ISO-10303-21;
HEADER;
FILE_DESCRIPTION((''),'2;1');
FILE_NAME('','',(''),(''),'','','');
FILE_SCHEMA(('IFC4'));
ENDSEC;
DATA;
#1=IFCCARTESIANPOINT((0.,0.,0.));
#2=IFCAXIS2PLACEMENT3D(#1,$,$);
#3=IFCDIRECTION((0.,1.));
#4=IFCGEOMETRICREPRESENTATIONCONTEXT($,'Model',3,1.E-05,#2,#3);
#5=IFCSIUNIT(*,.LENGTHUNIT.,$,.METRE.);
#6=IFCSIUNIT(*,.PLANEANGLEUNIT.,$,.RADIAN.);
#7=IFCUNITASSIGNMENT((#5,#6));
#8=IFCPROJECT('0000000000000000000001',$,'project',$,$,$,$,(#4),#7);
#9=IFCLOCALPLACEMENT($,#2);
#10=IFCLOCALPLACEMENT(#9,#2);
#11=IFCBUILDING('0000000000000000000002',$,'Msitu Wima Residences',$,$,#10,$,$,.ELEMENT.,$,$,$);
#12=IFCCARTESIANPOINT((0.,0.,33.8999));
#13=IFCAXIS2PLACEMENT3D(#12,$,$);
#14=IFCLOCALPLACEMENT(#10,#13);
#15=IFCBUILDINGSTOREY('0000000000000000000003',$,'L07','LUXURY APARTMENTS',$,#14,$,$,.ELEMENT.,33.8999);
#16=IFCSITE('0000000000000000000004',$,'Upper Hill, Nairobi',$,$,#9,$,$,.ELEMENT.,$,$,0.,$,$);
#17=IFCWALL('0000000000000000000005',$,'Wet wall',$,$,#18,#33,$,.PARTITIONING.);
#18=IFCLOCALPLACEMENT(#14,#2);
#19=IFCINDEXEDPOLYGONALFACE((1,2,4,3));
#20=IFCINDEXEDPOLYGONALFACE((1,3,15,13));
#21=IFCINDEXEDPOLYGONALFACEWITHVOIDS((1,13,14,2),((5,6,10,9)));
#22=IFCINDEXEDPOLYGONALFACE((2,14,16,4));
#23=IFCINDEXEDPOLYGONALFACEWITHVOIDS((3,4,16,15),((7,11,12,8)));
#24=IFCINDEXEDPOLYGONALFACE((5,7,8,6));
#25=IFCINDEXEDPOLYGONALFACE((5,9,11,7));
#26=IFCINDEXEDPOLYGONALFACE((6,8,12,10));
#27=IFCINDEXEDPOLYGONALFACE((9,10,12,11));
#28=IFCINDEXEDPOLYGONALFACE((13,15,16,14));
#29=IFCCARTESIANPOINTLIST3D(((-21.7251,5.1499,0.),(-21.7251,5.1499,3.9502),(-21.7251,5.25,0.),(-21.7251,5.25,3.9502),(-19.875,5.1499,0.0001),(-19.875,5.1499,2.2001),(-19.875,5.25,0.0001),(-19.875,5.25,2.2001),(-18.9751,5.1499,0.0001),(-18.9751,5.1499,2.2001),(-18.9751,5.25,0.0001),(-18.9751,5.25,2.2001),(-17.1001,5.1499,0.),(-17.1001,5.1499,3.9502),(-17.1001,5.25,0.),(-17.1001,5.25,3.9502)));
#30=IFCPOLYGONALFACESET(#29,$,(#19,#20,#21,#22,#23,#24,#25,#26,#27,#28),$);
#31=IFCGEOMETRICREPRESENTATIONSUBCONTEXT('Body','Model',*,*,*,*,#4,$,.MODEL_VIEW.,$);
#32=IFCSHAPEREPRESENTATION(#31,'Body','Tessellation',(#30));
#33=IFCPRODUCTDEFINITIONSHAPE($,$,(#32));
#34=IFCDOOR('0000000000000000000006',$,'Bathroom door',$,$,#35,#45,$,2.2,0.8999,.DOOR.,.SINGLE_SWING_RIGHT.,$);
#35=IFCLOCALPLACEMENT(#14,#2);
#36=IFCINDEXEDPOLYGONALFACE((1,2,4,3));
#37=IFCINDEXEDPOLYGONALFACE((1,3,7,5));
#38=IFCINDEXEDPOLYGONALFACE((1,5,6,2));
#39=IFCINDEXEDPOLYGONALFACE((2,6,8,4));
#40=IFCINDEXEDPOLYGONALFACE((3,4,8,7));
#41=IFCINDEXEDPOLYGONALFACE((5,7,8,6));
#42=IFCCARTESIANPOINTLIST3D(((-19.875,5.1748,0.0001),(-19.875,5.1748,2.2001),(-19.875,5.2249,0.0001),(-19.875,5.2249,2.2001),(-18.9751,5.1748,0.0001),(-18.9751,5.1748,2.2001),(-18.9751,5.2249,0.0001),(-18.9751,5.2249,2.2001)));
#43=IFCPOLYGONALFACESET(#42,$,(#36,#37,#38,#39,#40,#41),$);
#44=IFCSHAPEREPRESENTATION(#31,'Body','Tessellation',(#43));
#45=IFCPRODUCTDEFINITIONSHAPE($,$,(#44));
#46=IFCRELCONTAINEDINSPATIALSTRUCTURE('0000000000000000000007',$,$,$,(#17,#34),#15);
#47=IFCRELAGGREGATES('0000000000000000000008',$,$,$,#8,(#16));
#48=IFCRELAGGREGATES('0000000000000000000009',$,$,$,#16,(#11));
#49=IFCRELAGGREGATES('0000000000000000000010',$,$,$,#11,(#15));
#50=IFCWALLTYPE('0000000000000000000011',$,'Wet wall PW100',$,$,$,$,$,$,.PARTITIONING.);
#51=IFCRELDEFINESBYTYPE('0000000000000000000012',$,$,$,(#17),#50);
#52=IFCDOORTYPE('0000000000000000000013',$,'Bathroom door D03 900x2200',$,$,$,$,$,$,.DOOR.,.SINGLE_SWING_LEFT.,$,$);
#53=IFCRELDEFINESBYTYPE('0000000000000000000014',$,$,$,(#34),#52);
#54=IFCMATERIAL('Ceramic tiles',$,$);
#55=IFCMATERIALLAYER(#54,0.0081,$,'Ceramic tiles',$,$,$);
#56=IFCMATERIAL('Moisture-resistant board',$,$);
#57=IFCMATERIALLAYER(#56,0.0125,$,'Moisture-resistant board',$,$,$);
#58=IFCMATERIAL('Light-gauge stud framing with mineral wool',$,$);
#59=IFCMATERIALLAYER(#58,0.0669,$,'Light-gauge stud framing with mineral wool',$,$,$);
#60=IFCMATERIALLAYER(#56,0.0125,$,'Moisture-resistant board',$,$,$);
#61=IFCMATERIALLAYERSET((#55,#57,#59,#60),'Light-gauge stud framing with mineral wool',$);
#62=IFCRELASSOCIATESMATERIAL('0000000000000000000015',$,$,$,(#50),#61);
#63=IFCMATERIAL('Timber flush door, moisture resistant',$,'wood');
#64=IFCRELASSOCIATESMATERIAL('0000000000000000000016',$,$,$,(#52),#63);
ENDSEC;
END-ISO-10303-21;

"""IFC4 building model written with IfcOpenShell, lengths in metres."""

from ifc_helpers import new_model, si_unit, direction, frame, frame_2d, origin, place, context, subcontext, project, spatial, rectangle, extrude, material, layer, layer_set, type_object, element, fill, save


model = new_model("IFC4")

# Units and contexts
model_context = context("Model", 3, precision=1e-05, world=origin(), true_north=direction((0.0, 1.0)))
body_context = subcontext(model_context, "Body", "Model", "MODEL_VIEW")
ifc_project = project(units=[si_unit("LENGTHUNIT", "METRE"), si_unit("PLANEANGLEUNIT", "RADIAN")], contexts=[model_context])

# Site, building, storey
site_placement = place(None, origin())
site = spatial("IfcSite", under=ifc_project, at=site_placement, Name="Upper Hill, Nairobi", CompositionType="ELEMENT", RefElevation=0.0)
building_placement = place(site_placement, origin())
building = spatial("IfcBuilding", under=site, at=building_placement, Name="Msitu Wima Residences", CompositionType="ELEMENT")
storey_placement = place(building_placement, frame((0.0, 0.0, 33.8999)))
storey = spatial("IfcBuildingStorey", under=building, at=storey_placement, Name="L07", Description="LUXURY APARTMENTS", CompositionType="ELEMENT", Elevation=33.8999)

# Shared definitions
ifc_material_1 = material(Name="Ceramic tiles")
ifc_layer_1 = layer(ifc_material_1, 0.0081, Name="Ceramic tiles")
ifc_material_2 = material(Name="Moisture-resistant board")
ifc_layer_2 = layer(ifc_material_2, 0.0125, Name="Moisture-resistant board")
ifc_material_3 = material(Name="Light-gauge stud framing with mineral wool")
ifc_layer_3 = layer(ifc_material_3, 0.0669, Name="Light-gauge stud framing with mineral wool")
ifc_layer_4 = layer(ifc_material_2, 0.0125, Name="Moisture-resistant board")
ifc_layer_set_1 = layer_set([ifc_layer_1, ifc_layer_2, ifc_layer_3, ifc_layer_4], Name="Light-gauge stud framing with mineral wool")
wall_type_1 = type_object("IfcWallType", Name="Wet wall PW100", PredefinedType="PARTITIONING", material=ifc_layer_set_1)

# Wall, opening, door
wall_1_placement = place(storey_placement, frame((-21.7251, 5.2, 0.0), z_axis=(0.0, 0.0, 1.0), x_axis=(1.0, 0.0, 0.0)))
wall_1 = element("IfcWall", 1, at=wall_1_placement, inside=storey, type_object=wall_type_1, Name="Wet wall", PredefinedType="PARTITIONING", context=body_context, shape_type="SweptSolid", body=[
    extrude(rectangle(XDim=4.625, YDim=0.1001, at=frame_2d((2.3125, 0.0))), origin(), (0.0, 0.0, 1.0), 3.9502),
])
opening_1_placement = place(wall_1_placement, frame((1.8501, 0.0, 0.0)))
opening_1 = element("IfcOpeningElement", 2, at=opening_1_placement, cuts=wall_1, PredefinedType="OPENING", context=body_context, shape_type="SweptSolid", body=[
    extrude(rectangle(XDim=0.8999, YDim=2.2, at=frame_2d((0.45, 1.1001))), frame((0.0, 0.0601, 0.0), z_axis=(0.0, -1.0, 0.0), x_axis=(1.0, 0.0, 0.0)), (0.0, 0.0, 1.0), 0.1201),
])
ifc_material_4 = material(Name="Timber flush door, moisture resistant", Category="wood")
door_type_1 = type_object("IfcDoorType", Name="Bathroom door D03 900x2200", OperationType="SINGLE_SWING_LEFT", PredefinedType="DOOR", material=ifc_material_4)
door_1_placement = place(opening_1_placement, origin())
door_1 = element("IfcDoor", 3, at=door_1_placement, inside=storey, type_object=door_type_1, Name="Bathroom door", OperationType="SINGLE_SWING_RIGHT", OverallHeight=2.2, OverallWidth=0.8999, PredefinedType="DOOR", context=body_context, shape_type="SweptSolid", body=[
    extrude(rectangle(XDim=0.8999, YDim=2.2, at=frame_2d((0.45, 1.1001))), frame((0.0, 0.0249, 0.0), z_axis=(0.0, -1.0, 0.0), x_axis=(1.0, 0.0, 0.0)), (0.0, 0.0, 1.0), 0.05),
])
fill(opening_1, door_1)

save(model, "model.ifc")
